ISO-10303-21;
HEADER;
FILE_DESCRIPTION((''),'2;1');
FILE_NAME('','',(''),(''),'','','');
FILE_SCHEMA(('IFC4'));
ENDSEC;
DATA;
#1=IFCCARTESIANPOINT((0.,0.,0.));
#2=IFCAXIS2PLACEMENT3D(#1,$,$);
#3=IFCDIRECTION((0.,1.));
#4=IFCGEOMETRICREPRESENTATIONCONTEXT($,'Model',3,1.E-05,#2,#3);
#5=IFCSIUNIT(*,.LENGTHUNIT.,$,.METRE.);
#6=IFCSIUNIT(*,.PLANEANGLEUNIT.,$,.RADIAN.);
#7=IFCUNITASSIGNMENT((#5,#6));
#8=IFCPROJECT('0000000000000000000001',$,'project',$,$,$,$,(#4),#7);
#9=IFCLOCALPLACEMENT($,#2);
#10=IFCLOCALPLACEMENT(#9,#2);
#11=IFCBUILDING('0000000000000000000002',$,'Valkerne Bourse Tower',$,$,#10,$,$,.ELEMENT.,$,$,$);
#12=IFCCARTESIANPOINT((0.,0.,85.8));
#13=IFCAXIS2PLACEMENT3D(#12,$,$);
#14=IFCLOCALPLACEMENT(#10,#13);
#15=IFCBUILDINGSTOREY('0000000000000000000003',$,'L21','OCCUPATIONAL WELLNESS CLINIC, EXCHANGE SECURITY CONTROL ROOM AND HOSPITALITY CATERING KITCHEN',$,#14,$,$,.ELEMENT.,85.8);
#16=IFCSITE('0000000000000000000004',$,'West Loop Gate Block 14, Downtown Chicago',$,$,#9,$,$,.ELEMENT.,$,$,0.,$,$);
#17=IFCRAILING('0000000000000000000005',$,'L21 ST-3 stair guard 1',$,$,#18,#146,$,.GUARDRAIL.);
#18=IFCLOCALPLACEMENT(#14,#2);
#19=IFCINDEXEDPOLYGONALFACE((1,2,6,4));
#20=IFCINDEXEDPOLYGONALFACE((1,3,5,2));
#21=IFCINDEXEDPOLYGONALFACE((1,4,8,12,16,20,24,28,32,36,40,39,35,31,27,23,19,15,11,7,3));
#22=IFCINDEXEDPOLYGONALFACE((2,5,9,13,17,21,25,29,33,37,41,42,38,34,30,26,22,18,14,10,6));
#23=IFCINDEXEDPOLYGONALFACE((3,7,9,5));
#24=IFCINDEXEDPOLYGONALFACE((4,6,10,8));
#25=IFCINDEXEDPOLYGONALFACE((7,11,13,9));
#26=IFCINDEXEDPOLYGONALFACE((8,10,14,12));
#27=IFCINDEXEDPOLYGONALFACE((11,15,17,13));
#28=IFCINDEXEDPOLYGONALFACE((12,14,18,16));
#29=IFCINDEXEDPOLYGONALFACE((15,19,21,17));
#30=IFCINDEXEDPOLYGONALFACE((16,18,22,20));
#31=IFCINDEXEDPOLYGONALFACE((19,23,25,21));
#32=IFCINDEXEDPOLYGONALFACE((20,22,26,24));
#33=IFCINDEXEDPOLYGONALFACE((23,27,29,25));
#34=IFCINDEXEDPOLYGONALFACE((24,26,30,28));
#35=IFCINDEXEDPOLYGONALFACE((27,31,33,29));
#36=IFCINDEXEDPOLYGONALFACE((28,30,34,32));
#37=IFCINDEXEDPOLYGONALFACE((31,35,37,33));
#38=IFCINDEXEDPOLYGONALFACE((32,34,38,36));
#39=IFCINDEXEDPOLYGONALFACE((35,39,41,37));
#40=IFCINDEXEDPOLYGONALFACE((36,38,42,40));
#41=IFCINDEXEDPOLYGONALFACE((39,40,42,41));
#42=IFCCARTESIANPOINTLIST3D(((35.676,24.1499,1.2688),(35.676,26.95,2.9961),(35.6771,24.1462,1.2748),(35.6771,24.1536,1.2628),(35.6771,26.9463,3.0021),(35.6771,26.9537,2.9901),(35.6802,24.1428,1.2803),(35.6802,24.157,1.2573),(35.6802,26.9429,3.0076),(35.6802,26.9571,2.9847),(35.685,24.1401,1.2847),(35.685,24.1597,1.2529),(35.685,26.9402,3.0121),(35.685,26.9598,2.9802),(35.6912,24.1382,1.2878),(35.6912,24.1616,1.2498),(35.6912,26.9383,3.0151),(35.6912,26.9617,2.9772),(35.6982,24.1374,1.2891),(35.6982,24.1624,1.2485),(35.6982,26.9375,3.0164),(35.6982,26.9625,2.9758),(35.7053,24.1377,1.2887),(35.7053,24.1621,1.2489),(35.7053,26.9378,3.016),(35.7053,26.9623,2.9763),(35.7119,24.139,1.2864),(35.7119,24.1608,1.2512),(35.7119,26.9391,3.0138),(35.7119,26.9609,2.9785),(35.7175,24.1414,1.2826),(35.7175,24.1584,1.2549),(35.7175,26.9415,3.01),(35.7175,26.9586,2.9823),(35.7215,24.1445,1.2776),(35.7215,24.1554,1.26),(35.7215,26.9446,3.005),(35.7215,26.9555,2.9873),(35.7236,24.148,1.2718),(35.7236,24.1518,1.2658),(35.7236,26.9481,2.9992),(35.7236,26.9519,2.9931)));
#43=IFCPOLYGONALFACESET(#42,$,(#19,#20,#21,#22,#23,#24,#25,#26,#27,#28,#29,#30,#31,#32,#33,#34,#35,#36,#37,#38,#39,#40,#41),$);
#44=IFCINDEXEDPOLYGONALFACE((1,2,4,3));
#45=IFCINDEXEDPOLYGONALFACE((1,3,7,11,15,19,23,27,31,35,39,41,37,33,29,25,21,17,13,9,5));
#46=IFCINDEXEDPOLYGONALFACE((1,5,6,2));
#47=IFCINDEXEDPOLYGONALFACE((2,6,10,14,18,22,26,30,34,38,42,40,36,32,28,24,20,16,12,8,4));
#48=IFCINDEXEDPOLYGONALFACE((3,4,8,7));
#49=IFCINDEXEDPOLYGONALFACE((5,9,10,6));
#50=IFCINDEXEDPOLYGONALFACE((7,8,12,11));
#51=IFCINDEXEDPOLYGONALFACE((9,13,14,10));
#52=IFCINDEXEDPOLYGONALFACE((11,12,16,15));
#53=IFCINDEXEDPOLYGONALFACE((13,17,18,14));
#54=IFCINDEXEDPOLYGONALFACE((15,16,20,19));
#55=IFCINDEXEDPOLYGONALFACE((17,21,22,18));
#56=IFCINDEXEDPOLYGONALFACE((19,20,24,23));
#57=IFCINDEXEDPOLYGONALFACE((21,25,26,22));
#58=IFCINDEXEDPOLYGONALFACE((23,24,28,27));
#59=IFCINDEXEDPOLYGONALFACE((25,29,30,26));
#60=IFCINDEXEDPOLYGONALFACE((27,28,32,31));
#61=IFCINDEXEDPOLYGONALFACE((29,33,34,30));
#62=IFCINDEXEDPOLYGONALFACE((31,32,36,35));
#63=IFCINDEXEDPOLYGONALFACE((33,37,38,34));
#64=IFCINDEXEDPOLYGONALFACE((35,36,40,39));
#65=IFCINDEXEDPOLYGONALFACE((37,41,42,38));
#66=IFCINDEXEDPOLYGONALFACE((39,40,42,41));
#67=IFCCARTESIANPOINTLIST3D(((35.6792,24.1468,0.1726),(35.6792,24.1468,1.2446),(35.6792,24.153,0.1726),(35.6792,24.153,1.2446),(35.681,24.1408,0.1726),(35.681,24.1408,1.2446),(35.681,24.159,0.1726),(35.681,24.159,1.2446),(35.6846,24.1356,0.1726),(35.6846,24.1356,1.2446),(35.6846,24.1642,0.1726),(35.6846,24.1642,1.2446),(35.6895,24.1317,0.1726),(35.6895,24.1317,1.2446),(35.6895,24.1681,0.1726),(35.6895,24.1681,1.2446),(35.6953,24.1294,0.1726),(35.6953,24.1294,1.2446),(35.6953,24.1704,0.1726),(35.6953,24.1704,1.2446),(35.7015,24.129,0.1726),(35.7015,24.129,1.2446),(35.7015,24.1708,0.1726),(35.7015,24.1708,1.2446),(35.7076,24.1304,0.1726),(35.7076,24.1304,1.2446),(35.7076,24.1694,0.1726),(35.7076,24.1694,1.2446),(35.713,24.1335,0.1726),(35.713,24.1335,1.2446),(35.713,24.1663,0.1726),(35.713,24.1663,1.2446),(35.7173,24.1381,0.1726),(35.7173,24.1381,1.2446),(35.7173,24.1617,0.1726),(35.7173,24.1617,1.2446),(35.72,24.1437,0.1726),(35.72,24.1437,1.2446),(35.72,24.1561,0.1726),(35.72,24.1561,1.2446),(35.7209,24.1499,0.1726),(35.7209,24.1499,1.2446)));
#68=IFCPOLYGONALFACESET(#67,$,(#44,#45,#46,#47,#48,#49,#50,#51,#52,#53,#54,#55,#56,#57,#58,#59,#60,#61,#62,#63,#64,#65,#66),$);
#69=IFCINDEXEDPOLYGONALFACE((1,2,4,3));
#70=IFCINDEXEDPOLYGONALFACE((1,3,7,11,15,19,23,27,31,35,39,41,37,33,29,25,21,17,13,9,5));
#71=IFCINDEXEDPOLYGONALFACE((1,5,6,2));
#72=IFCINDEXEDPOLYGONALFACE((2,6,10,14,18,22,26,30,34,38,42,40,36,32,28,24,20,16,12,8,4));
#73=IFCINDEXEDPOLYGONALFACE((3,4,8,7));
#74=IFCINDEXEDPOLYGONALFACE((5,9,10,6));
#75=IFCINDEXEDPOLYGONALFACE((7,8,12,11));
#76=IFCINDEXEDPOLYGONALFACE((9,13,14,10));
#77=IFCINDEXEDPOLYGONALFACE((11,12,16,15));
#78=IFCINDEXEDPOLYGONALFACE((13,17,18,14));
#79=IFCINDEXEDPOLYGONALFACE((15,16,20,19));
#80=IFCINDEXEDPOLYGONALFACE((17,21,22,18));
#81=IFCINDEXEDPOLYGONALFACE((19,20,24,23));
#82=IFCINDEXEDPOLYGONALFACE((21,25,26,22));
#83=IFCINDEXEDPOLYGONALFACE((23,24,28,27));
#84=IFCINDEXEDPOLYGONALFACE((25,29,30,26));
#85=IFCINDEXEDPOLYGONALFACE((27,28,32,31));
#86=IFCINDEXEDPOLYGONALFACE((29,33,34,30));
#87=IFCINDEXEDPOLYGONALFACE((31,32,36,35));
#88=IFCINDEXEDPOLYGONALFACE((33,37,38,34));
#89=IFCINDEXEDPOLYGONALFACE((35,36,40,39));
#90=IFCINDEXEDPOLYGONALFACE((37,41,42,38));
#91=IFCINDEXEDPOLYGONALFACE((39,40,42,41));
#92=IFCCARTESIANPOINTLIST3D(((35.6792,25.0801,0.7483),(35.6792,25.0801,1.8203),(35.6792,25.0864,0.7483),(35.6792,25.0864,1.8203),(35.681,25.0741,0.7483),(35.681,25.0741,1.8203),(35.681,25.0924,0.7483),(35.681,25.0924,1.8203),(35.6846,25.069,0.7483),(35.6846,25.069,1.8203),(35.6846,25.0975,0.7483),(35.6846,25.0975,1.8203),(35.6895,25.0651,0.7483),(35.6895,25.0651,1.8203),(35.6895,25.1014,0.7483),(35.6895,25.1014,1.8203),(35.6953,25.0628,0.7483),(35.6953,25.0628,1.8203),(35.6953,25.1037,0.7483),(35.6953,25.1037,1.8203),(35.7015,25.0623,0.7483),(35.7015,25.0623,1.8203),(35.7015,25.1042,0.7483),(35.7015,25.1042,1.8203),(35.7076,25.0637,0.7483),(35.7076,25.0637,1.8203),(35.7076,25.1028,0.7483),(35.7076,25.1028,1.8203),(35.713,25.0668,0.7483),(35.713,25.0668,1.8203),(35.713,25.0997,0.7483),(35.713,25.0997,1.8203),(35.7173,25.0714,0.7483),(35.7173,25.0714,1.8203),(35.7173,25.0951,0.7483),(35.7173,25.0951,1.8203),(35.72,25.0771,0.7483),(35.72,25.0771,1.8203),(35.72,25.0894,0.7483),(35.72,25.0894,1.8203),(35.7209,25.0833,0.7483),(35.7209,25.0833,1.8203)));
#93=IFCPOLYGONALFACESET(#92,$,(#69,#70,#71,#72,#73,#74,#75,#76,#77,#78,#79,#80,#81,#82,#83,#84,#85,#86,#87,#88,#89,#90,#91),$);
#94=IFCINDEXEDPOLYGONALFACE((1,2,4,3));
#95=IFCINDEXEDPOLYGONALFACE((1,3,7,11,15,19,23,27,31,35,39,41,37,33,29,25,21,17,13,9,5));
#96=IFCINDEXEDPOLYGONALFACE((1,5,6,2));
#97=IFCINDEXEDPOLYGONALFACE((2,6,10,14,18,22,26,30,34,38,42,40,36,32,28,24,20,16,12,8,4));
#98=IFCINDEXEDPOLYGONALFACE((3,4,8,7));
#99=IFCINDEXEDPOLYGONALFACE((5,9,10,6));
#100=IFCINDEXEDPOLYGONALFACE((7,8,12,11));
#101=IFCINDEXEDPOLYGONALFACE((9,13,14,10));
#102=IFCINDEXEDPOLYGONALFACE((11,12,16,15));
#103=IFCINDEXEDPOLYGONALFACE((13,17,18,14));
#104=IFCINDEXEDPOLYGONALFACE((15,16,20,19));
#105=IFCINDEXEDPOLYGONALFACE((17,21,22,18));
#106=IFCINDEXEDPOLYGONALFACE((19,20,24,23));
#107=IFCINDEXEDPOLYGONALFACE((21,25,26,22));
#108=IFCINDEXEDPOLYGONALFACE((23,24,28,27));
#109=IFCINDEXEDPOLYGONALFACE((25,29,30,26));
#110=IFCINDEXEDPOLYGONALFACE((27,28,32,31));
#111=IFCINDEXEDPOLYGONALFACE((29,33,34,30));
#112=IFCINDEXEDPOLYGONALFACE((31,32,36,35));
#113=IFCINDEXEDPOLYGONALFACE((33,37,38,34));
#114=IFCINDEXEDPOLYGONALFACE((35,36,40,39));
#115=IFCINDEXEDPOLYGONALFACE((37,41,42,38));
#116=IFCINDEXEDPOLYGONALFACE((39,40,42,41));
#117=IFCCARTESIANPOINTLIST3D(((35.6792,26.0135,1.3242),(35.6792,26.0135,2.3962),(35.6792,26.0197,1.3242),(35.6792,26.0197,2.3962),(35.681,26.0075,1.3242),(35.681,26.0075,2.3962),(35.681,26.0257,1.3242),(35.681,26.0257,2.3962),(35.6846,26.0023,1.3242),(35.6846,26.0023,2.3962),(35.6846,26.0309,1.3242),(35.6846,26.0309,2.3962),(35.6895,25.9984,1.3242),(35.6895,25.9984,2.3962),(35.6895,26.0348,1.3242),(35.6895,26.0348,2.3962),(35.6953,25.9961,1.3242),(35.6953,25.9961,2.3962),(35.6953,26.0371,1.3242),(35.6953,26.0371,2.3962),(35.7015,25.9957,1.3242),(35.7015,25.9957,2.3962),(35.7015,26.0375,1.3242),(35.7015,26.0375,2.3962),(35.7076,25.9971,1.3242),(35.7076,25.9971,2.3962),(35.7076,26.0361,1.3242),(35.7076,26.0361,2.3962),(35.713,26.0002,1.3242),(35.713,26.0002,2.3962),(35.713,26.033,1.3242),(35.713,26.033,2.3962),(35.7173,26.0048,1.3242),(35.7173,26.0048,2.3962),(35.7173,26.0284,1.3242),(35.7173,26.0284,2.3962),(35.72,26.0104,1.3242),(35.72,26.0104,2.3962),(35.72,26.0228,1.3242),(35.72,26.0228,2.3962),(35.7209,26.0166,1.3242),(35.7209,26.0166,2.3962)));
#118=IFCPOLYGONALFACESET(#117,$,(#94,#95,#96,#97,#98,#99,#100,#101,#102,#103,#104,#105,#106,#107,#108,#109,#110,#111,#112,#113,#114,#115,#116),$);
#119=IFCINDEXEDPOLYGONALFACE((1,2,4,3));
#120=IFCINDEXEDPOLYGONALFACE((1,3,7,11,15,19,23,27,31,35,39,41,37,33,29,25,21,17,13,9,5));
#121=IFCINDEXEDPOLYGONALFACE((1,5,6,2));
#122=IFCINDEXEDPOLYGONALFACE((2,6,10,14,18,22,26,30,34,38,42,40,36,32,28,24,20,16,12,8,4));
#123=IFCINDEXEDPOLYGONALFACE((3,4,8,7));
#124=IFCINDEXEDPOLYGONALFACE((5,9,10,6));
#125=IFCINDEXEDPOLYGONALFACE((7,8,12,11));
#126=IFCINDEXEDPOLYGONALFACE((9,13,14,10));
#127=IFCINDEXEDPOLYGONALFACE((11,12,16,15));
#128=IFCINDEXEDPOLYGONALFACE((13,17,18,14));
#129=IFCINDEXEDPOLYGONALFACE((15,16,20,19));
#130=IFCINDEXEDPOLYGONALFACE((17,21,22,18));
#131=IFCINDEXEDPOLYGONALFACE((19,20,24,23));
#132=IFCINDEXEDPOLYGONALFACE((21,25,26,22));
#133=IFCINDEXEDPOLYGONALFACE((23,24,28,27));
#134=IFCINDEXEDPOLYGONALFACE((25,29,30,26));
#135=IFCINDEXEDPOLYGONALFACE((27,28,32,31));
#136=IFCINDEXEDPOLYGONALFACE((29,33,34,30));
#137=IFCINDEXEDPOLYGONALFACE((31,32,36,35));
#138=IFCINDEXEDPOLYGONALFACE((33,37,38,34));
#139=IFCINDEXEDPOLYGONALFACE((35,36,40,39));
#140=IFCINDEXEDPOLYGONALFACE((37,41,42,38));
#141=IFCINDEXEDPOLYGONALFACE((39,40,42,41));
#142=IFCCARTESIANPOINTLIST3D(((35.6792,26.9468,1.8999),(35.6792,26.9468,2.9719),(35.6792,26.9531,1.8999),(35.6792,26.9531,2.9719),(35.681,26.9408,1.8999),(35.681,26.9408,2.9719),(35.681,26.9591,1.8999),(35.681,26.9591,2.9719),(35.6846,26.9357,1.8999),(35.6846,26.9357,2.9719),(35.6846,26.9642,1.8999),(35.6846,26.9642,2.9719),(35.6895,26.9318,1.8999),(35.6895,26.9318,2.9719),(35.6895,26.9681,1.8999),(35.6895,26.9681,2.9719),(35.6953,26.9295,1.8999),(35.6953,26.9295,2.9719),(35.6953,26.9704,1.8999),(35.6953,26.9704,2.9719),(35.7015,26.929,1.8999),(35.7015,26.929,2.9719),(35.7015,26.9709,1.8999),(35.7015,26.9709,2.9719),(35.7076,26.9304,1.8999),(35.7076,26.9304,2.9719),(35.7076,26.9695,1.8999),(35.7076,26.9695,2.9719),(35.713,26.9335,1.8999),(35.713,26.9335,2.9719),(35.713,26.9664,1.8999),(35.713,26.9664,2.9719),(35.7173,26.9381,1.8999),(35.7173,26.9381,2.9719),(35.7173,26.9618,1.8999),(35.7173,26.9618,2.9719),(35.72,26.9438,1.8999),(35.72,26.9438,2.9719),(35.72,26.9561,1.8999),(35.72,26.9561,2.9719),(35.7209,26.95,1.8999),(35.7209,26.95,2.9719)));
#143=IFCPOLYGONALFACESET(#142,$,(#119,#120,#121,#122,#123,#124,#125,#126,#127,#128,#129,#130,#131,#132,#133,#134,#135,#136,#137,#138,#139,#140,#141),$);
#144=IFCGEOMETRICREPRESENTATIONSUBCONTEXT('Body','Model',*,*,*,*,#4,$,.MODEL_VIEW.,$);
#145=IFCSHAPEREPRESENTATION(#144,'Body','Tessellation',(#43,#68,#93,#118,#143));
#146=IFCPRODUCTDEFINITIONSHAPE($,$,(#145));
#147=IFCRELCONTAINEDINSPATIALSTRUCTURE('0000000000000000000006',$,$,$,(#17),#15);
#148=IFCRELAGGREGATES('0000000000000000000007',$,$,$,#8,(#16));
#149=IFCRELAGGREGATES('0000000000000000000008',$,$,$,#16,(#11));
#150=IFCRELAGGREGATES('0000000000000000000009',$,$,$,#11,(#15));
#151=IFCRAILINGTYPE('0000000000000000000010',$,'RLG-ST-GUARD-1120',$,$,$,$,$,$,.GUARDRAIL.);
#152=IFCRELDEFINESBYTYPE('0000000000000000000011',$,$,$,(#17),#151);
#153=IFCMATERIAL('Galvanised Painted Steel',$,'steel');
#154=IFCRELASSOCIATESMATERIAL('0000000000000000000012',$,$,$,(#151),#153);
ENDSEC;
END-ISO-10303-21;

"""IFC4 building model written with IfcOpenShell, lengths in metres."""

from ifc_helpers import new_model, si_unit, direction, frame, origin, origin_2d, place, context, subcontext, project, spatial, circle, extrude, material, type_object, element, save


model = new_model("IFC4")

# Units and contexts
model_context = context("Model", 3, precision=1e-05, world=origin(), true_north=direction((0.0, 1.0)))
body_context = subcontext(model_context, "Body", "Model", "MODEL_VIEW")
ifc_project = project(units=[si_unit("LENGTHUNIT", "METRE"), si_unit("PLANEANGLEUNIT", "RADIAN")], contexts=[model_context])

# Site, building, storey
site_placement = place(None, origin())
site = spatial("IfcSite", under=ifc_project, at=site_placement, Name="West Loop Gate Block 14, Downtown Chicago", CompositionType="ELEMENT", RefElevation=0.0)
building_placement = place(site_placement, origin())
building = spatial("IfcBuilding", under=site, at=building_placement, Name="Valkerne Bourse Tower", CompositionType="ELEMENT")
storey_placement = place(building_placement, frame((0.0, 0.0, 85.8)))
storey = spatial("IfcBuildingStorey", under=building, at=storey_placement, Name="L21", Description="OCCUPATIONAL WELLNESS CLINIC, EXCHANGE SECURITY CONTROL ROOM AND HOSPITALITY CATERING KITCHEN", CompositionType="ELEMENT", Elevation=85.8)

# Shared definitions
ifc_material_1 = material(Name="Galvanised Painted Steel", Category="steel")

# Railing
railing_type_1 = type_object("IfcRailingType", Name="RLG-ST-GUARD-1120", PredefinedType="GUARDRAIL", material=ifc_material_1)
railing_1_placement = place(storey_placement, frame((35.7, 24.1499, 0.1726)))
element("IfcRailing", 1, at=railing_1_placement, inside=storey, type_object=railing_type_1, Name="L21 ST-3 stair guard 1", PredefinedType="GUARDRAIL", context=body_context, shape_type="SweptSolid", body=[
    extrude(circle(Radius=0.0239, at=origin_2d()), frame((0.0, 0.0, 1.0962), z_axis=(0.0, 0.85109, 0.52502), x_axis=(-1.0, 0.0, 0.0)), (0.0, 0.0, 1.0), 3.29),
    extrude(circle(Radius=0.021, at=origin_2d()), origin(), (0.0, 0.0, 1.0), 1.072),
    extrude(circle(Radius=0.021, at=origin_2d()), frame((0.0, 0.9333, 0.5757)), (0.0, 0.0, 1.0), 1.072),
    extrude(circle(Radius=0.021, at=origin_2d()), frame((0.0, 1.8667, 1.1516)), (0.0, 0.0, 1.0), 1.072),
    extrude(circle(Radius=0.021, at=origin_2d()), frame((0.0, 2.8, 1.7273)), (0.0, 0.0, 1.0), 1.072),
])

save(model, "model.ifc")
